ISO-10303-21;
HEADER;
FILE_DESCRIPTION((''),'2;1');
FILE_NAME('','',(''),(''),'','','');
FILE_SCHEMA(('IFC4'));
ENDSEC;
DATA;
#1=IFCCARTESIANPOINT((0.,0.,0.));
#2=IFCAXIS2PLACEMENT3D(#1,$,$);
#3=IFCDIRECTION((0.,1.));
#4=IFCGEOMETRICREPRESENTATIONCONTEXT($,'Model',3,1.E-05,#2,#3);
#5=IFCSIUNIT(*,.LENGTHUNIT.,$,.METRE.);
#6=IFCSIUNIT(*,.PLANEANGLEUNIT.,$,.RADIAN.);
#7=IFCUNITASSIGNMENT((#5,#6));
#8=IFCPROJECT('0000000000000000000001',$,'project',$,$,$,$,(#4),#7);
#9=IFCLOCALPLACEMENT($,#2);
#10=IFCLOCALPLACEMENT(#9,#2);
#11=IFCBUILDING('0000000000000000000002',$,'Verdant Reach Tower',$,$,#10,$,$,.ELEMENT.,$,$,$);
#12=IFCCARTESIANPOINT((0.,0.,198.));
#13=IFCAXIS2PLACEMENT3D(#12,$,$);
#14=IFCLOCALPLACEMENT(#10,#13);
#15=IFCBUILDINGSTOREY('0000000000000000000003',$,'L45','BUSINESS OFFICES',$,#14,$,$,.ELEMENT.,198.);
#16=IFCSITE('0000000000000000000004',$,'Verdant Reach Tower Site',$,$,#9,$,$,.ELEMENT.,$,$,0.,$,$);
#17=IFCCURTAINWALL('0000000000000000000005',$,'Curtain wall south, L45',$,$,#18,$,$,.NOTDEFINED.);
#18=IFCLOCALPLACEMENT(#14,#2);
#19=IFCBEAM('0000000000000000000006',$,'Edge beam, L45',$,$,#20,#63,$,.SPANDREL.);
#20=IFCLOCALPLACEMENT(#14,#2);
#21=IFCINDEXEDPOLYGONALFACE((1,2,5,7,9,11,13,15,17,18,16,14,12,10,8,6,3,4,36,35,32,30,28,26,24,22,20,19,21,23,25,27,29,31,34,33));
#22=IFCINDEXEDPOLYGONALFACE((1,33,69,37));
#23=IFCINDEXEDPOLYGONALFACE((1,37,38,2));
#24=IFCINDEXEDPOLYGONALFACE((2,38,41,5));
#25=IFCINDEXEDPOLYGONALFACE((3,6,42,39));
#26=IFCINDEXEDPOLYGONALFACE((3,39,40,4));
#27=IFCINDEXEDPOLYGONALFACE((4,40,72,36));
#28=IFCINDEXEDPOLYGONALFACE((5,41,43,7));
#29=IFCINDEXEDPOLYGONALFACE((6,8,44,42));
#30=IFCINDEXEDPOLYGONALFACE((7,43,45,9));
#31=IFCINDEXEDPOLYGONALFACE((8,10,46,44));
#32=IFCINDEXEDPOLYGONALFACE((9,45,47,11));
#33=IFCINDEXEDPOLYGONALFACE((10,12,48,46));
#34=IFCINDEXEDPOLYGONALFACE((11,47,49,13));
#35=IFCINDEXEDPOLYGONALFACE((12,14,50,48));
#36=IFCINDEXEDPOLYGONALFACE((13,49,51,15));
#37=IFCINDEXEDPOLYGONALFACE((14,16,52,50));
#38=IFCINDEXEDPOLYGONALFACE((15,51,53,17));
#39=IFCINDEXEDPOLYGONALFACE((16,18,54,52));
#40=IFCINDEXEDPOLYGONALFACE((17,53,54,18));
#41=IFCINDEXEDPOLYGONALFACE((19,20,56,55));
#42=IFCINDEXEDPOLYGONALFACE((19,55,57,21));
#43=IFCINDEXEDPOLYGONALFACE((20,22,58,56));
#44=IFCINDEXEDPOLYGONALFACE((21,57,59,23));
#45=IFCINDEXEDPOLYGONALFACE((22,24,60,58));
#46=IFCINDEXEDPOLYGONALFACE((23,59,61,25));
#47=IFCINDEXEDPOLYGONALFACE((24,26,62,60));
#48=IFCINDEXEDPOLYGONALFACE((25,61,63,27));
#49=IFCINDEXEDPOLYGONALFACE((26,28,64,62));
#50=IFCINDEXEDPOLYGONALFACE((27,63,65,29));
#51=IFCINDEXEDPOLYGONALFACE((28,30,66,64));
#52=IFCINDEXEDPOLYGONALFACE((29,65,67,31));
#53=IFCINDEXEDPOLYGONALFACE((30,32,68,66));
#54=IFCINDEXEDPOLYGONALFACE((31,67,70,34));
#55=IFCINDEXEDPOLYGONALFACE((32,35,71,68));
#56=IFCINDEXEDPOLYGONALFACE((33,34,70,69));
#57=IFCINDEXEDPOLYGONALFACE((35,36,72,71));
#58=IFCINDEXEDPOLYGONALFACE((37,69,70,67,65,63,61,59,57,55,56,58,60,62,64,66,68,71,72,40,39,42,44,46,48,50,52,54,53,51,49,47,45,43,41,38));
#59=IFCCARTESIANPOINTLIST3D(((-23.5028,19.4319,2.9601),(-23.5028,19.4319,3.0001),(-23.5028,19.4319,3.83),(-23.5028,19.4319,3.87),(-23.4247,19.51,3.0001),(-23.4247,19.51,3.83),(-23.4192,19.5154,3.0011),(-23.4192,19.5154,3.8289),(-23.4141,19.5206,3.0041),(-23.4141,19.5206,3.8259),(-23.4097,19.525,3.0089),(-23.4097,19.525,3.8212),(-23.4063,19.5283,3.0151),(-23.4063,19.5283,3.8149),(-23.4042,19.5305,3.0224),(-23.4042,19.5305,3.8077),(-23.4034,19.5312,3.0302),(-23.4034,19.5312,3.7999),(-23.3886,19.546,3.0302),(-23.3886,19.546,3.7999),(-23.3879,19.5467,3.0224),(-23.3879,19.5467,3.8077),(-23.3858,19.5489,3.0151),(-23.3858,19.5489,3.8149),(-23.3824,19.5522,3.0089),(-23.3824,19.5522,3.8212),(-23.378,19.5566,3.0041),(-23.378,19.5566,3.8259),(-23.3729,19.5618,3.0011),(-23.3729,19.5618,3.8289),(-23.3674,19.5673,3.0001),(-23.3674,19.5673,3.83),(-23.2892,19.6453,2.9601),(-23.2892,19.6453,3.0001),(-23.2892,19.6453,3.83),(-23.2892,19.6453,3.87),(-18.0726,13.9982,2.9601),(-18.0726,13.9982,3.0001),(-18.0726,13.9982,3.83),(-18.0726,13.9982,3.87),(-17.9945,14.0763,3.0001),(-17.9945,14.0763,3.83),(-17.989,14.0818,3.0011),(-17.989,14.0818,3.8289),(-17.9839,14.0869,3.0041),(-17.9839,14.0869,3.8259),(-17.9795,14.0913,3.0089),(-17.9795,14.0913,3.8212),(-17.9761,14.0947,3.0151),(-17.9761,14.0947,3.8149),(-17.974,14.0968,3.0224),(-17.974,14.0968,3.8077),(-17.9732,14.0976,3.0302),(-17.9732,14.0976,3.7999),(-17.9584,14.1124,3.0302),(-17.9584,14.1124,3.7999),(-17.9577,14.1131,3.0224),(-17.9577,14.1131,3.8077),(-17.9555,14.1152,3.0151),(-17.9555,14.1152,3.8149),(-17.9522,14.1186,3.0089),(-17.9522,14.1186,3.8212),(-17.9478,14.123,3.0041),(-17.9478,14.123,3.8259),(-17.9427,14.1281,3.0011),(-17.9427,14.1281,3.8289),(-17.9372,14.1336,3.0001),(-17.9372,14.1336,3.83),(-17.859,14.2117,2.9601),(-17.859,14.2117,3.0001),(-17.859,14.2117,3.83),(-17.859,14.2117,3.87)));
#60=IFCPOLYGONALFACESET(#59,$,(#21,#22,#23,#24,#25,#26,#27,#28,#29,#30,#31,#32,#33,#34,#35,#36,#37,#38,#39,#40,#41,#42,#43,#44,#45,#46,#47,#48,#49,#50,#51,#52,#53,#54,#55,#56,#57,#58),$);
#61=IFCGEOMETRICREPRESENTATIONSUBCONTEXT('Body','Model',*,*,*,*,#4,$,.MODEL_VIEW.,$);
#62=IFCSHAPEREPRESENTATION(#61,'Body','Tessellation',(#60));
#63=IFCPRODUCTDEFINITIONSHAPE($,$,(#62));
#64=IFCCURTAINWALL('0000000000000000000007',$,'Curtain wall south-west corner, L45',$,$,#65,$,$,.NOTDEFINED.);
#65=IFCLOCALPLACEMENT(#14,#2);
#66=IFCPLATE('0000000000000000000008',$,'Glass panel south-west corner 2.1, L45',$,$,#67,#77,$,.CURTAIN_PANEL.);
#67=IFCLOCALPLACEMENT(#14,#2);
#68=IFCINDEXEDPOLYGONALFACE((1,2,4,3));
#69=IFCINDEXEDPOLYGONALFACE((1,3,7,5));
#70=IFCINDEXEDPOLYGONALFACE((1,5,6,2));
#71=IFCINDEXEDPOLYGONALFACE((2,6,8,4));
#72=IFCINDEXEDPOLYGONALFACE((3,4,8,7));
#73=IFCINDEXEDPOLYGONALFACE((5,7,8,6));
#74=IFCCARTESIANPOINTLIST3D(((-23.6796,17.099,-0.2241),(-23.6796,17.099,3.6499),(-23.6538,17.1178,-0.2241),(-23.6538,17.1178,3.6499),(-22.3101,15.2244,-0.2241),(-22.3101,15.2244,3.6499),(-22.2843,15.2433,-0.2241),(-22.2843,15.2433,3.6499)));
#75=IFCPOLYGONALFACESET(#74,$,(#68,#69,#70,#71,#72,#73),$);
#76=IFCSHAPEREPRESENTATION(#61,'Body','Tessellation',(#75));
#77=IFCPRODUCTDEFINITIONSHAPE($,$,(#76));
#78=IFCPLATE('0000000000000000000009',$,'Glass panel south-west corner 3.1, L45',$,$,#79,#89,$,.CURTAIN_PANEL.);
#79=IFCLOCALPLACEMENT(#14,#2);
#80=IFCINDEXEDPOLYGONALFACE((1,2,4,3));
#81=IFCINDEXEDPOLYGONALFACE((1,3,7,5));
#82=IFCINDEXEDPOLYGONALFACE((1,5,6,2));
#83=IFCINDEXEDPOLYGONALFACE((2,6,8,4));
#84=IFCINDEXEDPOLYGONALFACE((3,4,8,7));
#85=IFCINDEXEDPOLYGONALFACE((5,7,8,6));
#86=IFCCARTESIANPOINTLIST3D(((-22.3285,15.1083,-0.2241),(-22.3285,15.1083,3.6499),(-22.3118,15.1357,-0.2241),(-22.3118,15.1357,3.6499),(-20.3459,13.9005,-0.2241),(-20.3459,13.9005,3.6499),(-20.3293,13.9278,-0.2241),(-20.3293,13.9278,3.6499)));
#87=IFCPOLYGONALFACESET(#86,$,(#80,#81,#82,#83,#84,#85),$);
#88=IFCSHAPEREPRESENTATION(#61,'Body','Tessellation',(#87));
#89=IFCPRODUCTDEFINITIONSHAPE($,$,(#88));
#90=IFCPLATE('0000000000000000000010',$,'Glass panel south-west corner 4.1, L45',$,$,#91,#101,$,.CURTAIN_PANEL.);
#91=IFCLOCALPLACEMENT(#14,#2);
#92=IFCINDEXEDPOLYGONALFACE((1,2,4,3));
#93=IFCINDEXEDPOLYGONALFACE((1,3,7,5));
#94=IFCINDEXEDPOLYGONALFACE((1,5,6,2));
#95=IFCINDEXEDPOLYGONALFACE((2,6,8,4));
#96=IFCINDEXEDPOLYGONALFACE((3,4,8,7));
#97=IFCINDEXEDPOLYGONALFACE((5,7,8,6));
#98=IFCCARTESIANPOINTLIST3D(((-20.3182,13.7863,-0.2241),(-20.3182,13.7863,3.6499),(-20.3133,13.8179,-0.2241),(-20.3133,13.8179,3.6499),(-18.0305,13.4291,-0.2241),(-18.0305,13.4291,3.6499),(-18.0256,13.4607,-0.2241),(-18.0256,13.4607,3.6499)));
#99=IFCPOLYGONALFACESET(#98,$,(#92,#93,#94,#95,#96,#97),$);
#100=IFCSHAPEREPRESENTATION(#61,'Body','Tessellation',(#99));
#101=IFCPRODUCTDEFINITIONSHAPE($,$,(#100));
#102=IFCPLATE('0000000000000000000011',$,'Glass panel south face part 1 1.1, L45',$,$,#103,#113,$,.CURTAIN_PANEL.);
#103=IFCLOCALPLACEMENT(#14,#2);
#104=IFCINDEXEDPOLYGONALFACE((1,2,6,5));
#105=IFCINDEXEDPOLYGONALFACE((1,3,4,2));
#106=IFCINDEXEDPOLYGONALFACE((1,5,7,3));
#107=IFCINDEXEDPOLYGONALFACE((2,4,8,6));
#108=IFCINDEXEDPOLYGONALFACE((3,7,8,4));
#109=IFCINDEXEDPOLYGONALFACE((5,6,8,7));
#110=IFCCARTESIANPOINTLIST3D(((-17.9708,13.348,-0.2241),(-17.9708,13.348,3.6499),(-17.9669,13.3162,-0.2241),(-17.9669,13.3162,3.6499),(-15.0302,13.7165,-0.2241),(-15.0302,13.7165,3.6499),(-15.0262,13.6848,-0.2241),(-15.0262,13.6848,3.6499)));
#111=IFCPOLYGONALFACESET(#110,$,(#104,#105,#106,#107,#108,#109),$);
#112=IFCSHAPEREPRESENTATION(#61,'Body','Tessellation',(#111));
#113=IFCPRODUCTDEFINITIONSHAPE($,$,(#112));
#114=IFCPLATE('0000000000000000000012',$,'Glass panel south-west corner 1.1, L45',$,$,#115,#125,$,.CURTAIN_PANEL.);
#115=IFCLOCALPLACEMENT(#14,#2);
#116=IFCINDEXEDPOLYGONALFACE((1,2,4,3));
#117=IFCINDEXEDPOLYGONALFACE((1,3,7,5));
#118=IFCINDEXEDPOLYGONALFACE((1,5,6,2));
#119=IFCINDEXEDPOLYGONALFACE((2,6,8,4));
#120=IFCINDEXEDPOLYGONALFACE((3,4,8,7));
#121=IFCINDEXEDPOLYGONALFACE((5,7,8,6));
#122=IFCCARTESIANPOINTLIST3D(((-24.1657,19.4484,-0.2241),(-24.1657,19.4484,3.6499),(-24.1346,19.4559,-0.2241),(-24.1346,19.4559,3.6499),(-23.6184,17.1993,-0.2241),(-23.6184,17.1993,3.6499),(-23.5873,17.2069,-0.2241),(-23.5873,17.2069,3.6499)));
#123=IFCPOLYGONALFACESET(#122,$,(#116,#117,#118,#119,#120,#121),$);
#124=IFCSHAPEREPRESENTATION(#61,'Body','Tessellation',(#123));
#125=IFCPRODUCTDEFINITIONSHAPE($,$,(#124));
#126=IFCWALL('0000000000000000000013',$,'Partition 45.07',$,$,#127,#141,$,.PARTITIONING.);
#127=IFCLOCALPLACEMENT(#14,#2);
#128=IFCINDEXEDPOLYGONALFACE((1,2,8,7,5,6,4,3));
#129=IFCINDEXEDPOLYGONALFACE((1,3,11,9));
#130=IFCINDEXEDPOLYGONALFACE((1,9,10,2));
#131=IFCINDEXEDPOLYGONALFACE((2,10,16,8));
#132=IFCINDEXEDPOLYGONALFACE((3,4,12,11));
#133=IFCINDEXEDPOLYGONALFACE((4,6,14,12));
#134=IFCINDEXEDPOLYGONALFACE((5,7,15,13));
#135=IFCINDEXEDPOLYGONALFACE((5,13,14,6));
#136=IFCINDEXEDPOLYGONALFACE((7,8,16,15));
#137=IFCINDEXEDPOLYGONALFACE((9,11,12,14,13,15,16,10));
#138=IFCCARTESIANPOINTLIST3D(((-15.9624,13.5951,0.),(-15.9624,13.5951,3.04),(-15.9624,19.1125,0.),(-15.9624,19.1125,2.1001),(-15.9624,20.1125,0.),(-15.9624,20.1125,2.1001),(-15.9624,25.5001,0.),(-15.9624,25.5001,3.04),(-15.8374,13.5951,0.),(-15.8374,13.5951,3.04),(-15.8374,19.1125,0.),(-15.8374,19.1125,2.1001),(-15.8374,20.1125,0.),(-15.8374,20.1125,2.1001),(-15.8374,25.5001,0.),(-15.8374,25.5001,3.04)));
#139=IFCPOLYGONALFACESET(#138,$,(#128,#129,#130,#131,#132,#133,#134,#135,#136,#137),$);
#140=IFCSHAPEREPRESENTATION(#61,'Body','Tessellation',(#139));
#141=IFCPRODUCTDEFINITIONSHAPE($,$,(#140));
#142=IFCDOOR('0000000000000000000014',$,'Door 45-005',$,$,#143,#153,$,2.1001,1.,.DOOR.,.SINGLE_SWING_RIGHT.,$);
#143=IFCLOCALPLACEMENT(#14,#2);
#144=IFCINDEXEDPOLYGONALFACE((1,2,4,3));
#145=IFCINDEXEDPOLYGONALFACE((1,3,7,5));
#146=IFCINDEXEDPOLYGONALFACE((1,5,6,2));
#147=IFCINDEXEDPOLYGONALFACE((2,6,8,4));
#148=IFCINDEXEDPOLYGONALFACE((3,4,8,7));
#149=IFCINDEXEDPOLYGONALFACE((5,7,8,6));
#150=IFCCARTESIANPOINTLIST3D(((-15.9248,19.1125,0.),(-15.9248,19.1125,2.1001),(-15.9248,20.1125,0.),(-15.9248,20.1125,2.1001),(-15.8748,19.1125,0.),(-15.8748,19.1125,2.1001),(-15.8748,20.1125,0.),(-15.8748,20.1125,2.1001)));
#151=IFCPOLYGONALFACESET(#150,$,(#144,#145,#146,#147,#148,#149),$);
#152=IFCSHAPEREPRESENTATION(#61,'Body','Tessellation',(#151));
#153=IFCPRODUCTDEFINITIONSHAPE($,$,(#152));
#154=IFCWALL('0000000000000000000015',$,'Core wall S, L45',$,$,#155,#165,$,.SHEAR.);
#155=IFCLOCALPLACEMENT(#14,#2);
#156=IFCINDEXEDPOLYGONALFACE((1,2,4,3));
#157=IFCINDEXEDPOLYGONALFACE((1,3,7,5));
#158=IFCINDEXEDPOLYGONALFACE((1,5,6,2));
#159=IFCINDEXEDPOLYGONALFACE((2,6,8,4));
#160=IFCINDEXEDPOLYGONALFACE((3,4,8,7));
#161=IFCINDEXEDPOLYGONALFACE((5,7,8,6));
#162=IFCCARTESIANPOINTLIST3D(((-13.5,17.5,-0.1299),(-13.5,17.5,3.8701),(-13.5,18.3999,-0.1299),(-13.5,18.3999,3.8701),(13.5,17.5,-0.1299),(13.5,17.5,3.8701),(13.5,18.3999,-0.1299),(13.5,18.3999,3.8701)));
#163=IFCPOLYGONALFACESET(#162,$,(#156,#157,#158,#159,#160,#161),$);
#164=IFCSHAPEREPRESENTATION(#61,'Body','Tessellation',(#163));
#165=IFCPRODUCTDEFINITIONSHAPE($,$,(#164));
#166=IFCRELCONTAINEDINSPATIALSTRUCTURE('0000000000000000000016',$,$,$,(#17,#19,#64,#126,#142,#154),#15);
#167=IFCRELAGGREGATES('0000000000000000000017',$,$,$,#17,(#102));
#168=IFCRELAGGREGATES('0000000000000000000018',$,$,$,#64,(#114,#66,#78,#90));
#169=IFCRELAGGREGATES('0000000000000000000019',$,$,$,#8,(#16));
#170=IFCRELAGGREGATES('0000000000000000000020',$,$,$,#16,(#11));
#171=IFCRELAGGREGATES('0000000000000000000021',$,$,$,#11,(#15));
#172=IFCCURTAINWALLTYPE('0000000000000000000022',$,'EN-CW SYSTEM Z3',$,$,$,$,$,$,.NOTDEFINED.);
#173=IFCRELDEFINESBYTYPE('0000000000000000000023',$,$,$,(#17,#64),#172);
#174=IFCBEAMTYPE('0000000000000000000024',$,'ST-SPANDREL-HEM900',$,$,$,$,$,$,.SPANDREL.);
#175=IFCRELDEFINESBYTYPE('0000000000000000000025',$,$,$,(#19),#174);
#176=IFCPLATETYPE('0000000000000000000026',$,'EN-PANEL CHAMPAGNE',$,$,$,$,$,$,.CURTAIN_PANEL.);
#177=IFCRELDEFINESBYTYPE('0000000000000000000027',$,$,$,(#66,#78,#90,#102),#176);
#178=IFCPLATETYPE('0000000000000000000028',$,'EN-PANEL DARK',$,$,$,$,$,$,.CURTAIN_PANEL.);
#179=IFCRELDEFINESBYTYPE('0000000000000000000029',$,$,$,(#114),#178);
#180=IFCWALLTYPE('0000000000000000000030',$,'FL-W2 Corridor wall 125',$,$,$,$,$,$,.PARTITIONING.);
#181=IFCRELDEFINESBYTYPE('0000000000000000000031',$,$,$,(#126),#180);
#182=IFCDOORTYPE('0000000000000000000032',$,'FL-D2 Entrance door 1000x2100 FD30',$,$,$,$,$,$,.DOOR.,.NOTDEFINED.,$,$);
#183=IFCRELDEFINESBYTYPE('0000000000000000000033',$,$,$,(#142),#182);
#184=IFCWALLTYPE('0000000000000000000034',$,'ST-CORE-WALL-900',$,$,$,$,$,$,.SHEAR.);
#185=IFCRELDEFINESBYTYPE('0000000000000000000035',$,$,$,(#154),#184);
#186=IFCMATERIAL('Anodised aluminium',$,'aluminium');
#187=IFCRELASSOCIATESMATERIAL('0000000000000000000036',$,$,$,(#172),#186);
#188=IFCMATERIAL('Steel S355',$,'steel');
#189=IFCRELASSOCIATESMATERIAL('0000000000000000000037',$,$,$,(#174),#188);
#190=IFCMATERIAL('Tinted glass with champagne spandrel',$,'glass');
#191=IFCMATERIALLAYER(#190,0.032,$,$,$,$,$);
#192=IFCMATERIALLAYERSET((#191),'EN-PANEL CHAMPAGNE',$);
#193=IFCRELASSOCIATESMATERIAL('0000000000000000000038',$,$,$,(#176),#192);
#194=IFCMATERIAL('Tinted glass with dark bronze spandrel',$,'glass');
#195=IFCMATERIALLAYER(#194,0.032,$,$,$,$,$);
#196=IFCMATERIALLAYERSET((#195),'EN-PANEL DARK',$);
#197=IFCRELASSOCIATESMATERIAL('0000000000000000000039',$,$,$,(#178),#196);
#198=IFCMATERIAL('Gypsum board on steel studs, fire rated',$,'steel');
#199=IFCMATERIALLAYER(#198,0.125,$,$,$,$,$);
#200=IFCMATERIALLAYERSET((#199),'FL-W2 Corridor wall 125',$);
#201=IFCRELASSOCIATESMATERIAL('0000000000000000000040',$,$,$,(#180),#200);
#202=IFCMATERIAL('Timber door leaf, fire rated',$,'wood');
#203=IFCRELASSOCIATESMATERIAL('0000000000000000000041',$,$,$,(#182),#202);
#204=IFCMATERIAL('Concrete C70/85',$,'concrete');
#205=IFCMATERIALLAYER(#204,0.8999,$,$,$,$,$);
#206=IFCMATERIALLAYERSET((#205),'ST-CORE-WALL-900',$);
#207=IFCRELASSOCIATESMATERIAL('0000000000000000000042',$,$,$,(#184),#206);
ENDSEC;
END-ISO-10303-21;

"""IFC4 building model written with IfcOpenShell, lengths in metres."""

from ifc_helpers import new_model, si_unit, direction, frame, frame_2d, origin, origin_2d, place, context, subcontext, project, spatial, rectangle, i_section, extrude, material, layer, layer_set, material_profile, profile_set, type_object, element, fill, aggregate, save


model = new_model("IFC4")

# Units and contexts
model_context = context("Model", 3, precision=1e-05, world=origin(), true_north=direction((0.0, 1.0)))
body_context = subcontext(model_context, "Body", "Model", "MODEL_VIEW")
ifc_project = project(units=[si_unit("LENGTHUNIT", "METRE"), si_unit("PLANEANGLEUNIT", "RADIAN")], contexts=[model_context])

# Site, building, storey
site_placement = place(None, origin())
site = spatial("IfcSite", under=ifc_project, at=site_placement, Name="Verdant Reach Tower Site", CompositionType="ELEMENT", RefElevation=0.0)
building_placement = place(site_placement, origin())
building = spatial("IfcBuilding", under=site, at=building_placement, Name="Verdant Reach Tower", CompositionType="ELEMENT")
storey_placement = place(building_placement, frame((0.0, 0.0, 198.0)))
storey = spatial("IfcBuildingStorey", under=building, at=storey_placement, Name="L45", Description="BUSINESS OFFICES", CompositionType="ELEMENT", Elevation=198.0)

# Curtain wall
ifc_material_1 = material(Name="Anodised aluminium", Category="aluminium")
curtain_wall_type = type_object("IfcCurtainWallType", Name="EN-CW SYSTEM Z3", PredefinedType="NOTDEFINED", material=ifc_material_1)
curtain_wall_1_placement = place(storey_placement, origin())
curtain_wall_1 = element("IfcCurtainWall", 1, at=curtain_wall_1_placement, inside=storey, type_object=curtain_wall_type, Name="Curtain wall south, L45", PredefinedType="NOTDEFINED")

# Beam
ifc_material_2 = material(Name="Steel S355", Category="steel")
ifc_material_profile_1 = material_profile(ifc_material_2, i_section(OverallWidth=0.302, OverallDepth=0.9099, WebThickness=0.021, FlangeThickness=0.04, FilletRadius=0.03, at=origin_2d()), Name="HEM 900")
ifc_profile_set_1 = profile_set([ifc_material_profile_1], Name="Steel S355")
beam_type_1 = type_object("IfcBeamType", Name="ST-SPANDREL-HEM900", PredefinedType="SPANDREL", material=ifc_profile_set_1)
beam_1_placement = place(storey_placement, frame((-17.9658, 14.105, 3.415), z_axis=(-0.706884, 0.707329, 0.0), x_axis=(-0.707329, -0.706884, 0.0)))
element("IfcBeam", 2, at=beam_1_placement, inside=storey, type_object=beam_type_1, Name="Edge beam, L45", PredefinedType="SPANDREL", context=body_context, shape_type="SweptSolid", body=[
    extrude(i_section(OverallWidth=0.302, OverallDepth=0.9099, WebThickness=0.021, FlangeThickness=0.04, FilletRadius=0.03, at=origin_2d()), origin(), (0.0, 0.0, 1.0), 7.6819),
])

# Curtain wall, plates
curtain_wall_2_placement = place(storey_placement, origin())
curtain_wall_2 = element("IfcCurtainWall", 3, at=curtain_wall_2_placement, inside=storey, type_object=curtain_wall_type, Name="Curtain wall south-west corner, L45", PredefinedType="NOTDEFINED")
ifc_material_3 = material(Name="Tinted glass with champagne spandrel", Category="glass")
ifc_layer_1 = layer(ifc_material_3, 0.032)
ifc_layer_set_1 = layer_set([ifc_layer_1], Name="EN-PANEL CHAMPAGNE")
plate_type_1 = type_object("IfcPlateType", Name="EN-PANEL CHAMPAGNE", PredefinedType="CURTAIN_PANEL", material=ifc_layer_set_1)
plate_1_placement = place(storey_placement, frame((-22.9819, 16.1711, -0.2241), z_axis=(0.0, 0.0, 1.0), x_axis=(0.589927, -0.807457, 0.0)))
plate_1 = element("IfcPlate", 4, at=plate_1_placement, type_object=plate_type_1, Name="Glass panel south-west corner 2.1, L45", PredefinedType="CURTAIN_PANEL", context=body_context, shape_type="SweptSolid", body=[
    extrude(rectangle(XDim=2.3215, YDim=0.032, at=origin_2d()), origin(), (0.0, 0.0, 1.0), 3.874),
])
plate_2_placement = place(storey_placement, frame((-21.3289, 14.5181, -0.2241), z_axis=(0.0, 0.0, 1.0), x_axis=(0.853989, -0.520292, 0.0)))
plate_2 = element("IfcPlate", 5, at=plate_2_placement, type_object=plate_type_1, Name="Glass panel south-west corner 3.1, L45", PredefinedType="CURTAIN_PANEL", context=body_context, shape_type="SweptSolid", body=[
    extrude(rectangle(XDim=2.3215, YDim=0.032, at=origin_2d()), origin(), (0.0, 0.0, 1.0), 3.874),
])
plate_3_placement = place(storey_placement, frame((-19.1719, 13.6235, -0.2241), z_axis=(0.0, 0.0, 1.0), x_axis=(0.988029, -0.154268, 0.0)))
plate_3 = element("IfcPlate", 6, at=plate_3_placement, type_object=plate_type_1, Name="Glass panel south-west corner 4.1, L45", PredefinedType="CURTAIN_PANEL", context=body_context, shape_type="SweptSolid", body=[
    extrude(rectangle(XDim=2.3154, YDim=0.032, at=origin_2d()), origin(), (0.0, 0.0, 1.0), 3.874),
])

# Plates
plate_4_placement = place(storey_placement, frame((-16.4985, 13.5164, -0.2241), z_axis=(0.0, 0.0, 1.0), x_axis=(0.992238, 0.124355, 0.0)))
plate_4 = element("IfcPlate", 7, at=plate_4_placement, type_object=plate_type_1, Name="Glass panel south face part 1 1.1, L45", PredefinedType="CURTAIN_PANEL", context=body_context, shape_type="SweptSolid", body=[
    extrude(rectangle(XDim=2.9636, YDim=0.032, at=origin_2d()), origin(), (0.0, 0.0, 1.0), 3.874),
])
aggregate(curtain_wall_1, [plate_4])
ifc_material_4 = material(Name="Tinted glass with dark bronze spandrel", Category="glass")
ifc_layer_2 = layer(ifc_material_4, 0.032)
ifc_layer_set_2 = layer_set([ifc_layer_2], Name="EN-PANEL DARK")
plate_type_2 = type_object("IfcPlateType", Name="EN-PANEL DARK", PredefinedType="CURTAIN_PANEL", material=ifc_layer_set_2)
plate_5_placement = place(storey_placement, frame((-23.8765, 18.3276, -0.2241), z_axis=(0.0, 0.0, 1.0), x_axis=(0.236446, -0.971645, 0.0)))
plate_5 = element("IfcPlate", 8, at=plate_5_placement, type_object=plate_type_2, Name="Glass panel south-west corner 1.1, L45", PredefinedType="CURTAIN_PANEL", context=body_context, shape_type="SweptSolid", body=[
    extrude(rectangle(XDim=2.3147, YDim=0.032, at=origin_2d()), origin(), (0.0, 0.0, 1.0), 3.874),
])
aggregate(curtain_wall_2, [plate_5, plate_1, plate_2, plate_3])

# Wall, opening, door
ifc_material_5 = material(Name="Gypsum board on steel studs, fire rated", Category="steel")
ifc_layer_3 = layer(ifc_material_5, 0.125)
ifc_layer_set_3 = layer_set([ifc_layer_3], Name="FL-W2 Corridor wall 125")
wall_type_1 = type_object("IfcWallType", Name="FL-W2 Corridor wall 125", PredefinedType="PARTITIONING", material=ifc_layer_set_3)
wall_1_placement = place(storey_placement, frame((-15.8999, 13.595, 0.0), z_axis=(0.0, 0.0, 1.0), x_axis=(0.0, 1.0, 0.0)))
wall_1 = element("IfcWall", 9, at=wall_1_placement, inside=storey, type_object=wall_type_1, Name="Partition 45.07", PredefinedType="PARTITIONING", context=body_context, shape_type="SweptSolid", body=[
    extrude(rectangle(XDim=11.905, YDim=0.125, at=frame_2d((5.9526, 0.0))), origin(), (0.0, 0.0, 1.0), 3.04),
])
opening_placement = place(wall_1_placement, frame((5.5176, 0.0, 0.0)))
opening = element("IfcOpeningElement", 10, at=opening_placement, cuts=wall_1, PredefinedType="OPENING", context=body_context, shape_type="SweptSolid", body=[
    extrude(rectangle(XDim=1.0, YDim=2.1001, at=frame_2d((0.5, 1.05))), frame((0.0, 0.0725, 0.0), z_axis=(0.0, -1.0, 0.0), x_axis=(1.0, 0.0, 0.0)), (0.0, 0.0, 1.0), 0.145),
])
ifc_material_6 = material(Name="Timber door leaf, fire rated", Category="wood")
door_type = type_object("IfcDoorType", Name="FL-D2 Entrance door 1000x2100 FD30", OperationType="NOTDEFINED", PredefinedType="DOOR", material=ifc_material_6)
door_placement = place(opening_placement, origin())
door = element("IfcDoor", 11, at=door_placement, inside=storey, type_object=door_type, Name="Door 45-005", OperationType="SINGLE_SWING_RIGHT", OverallHeight=2.1001, OverallWidth=1.0, PredefinedType="DOOR", context=body_context, shape_type="SweptSolid", body=[
    extrude(rectangle(XDim=1.0, YDim=2.1001, at=frame_2d((0.5, 1.05))), frame((0.0, 0.0249, 0.0), z_axis=(0.0, -1.0, 0.0), x_axis=(1.0, 0.0, 0.0)), (0.0, 0.0, 1.0), 0.05),
])
fill(opening, door)

# Wall
ifc_material_7 = material(Name="Concrete C70/85", Category="concrete")
ifc_layer_4 = layer(ifc_material_7, 0.8999)
ifc_layer_set_4 = layer_set([ifc_layer_4], Name="ST-CORE-WALL-900")
wall_type_2 = type_object("IfcWallType", Name="ST-CORE-WALL-900", PredefinedType="SHEAR", material=ifc_layer_set_4)
wall_2_placement = place(storey_placement, frame((-13.5, 17.95, -0.1299), z_axis=(0.0, 0.0, 1.0), x_axis=(1.0, 0.0, 0.0)))
element("IfcWall", 12, at=wall_2_placement, inside=storey, type_object=wall_type_2, Name="Core wall S, L45", PredefinedType="SHEAR", context=body_context, shape_type="SweptSolid", body=[
    extrude(rectangle(XDim=27.0, YDim=0.8999, at=frame_2d((13.5, 0.0))), origin(), (0.0, 0.0, 1.0), 4.0),
])

save(model, "model.ifc")
